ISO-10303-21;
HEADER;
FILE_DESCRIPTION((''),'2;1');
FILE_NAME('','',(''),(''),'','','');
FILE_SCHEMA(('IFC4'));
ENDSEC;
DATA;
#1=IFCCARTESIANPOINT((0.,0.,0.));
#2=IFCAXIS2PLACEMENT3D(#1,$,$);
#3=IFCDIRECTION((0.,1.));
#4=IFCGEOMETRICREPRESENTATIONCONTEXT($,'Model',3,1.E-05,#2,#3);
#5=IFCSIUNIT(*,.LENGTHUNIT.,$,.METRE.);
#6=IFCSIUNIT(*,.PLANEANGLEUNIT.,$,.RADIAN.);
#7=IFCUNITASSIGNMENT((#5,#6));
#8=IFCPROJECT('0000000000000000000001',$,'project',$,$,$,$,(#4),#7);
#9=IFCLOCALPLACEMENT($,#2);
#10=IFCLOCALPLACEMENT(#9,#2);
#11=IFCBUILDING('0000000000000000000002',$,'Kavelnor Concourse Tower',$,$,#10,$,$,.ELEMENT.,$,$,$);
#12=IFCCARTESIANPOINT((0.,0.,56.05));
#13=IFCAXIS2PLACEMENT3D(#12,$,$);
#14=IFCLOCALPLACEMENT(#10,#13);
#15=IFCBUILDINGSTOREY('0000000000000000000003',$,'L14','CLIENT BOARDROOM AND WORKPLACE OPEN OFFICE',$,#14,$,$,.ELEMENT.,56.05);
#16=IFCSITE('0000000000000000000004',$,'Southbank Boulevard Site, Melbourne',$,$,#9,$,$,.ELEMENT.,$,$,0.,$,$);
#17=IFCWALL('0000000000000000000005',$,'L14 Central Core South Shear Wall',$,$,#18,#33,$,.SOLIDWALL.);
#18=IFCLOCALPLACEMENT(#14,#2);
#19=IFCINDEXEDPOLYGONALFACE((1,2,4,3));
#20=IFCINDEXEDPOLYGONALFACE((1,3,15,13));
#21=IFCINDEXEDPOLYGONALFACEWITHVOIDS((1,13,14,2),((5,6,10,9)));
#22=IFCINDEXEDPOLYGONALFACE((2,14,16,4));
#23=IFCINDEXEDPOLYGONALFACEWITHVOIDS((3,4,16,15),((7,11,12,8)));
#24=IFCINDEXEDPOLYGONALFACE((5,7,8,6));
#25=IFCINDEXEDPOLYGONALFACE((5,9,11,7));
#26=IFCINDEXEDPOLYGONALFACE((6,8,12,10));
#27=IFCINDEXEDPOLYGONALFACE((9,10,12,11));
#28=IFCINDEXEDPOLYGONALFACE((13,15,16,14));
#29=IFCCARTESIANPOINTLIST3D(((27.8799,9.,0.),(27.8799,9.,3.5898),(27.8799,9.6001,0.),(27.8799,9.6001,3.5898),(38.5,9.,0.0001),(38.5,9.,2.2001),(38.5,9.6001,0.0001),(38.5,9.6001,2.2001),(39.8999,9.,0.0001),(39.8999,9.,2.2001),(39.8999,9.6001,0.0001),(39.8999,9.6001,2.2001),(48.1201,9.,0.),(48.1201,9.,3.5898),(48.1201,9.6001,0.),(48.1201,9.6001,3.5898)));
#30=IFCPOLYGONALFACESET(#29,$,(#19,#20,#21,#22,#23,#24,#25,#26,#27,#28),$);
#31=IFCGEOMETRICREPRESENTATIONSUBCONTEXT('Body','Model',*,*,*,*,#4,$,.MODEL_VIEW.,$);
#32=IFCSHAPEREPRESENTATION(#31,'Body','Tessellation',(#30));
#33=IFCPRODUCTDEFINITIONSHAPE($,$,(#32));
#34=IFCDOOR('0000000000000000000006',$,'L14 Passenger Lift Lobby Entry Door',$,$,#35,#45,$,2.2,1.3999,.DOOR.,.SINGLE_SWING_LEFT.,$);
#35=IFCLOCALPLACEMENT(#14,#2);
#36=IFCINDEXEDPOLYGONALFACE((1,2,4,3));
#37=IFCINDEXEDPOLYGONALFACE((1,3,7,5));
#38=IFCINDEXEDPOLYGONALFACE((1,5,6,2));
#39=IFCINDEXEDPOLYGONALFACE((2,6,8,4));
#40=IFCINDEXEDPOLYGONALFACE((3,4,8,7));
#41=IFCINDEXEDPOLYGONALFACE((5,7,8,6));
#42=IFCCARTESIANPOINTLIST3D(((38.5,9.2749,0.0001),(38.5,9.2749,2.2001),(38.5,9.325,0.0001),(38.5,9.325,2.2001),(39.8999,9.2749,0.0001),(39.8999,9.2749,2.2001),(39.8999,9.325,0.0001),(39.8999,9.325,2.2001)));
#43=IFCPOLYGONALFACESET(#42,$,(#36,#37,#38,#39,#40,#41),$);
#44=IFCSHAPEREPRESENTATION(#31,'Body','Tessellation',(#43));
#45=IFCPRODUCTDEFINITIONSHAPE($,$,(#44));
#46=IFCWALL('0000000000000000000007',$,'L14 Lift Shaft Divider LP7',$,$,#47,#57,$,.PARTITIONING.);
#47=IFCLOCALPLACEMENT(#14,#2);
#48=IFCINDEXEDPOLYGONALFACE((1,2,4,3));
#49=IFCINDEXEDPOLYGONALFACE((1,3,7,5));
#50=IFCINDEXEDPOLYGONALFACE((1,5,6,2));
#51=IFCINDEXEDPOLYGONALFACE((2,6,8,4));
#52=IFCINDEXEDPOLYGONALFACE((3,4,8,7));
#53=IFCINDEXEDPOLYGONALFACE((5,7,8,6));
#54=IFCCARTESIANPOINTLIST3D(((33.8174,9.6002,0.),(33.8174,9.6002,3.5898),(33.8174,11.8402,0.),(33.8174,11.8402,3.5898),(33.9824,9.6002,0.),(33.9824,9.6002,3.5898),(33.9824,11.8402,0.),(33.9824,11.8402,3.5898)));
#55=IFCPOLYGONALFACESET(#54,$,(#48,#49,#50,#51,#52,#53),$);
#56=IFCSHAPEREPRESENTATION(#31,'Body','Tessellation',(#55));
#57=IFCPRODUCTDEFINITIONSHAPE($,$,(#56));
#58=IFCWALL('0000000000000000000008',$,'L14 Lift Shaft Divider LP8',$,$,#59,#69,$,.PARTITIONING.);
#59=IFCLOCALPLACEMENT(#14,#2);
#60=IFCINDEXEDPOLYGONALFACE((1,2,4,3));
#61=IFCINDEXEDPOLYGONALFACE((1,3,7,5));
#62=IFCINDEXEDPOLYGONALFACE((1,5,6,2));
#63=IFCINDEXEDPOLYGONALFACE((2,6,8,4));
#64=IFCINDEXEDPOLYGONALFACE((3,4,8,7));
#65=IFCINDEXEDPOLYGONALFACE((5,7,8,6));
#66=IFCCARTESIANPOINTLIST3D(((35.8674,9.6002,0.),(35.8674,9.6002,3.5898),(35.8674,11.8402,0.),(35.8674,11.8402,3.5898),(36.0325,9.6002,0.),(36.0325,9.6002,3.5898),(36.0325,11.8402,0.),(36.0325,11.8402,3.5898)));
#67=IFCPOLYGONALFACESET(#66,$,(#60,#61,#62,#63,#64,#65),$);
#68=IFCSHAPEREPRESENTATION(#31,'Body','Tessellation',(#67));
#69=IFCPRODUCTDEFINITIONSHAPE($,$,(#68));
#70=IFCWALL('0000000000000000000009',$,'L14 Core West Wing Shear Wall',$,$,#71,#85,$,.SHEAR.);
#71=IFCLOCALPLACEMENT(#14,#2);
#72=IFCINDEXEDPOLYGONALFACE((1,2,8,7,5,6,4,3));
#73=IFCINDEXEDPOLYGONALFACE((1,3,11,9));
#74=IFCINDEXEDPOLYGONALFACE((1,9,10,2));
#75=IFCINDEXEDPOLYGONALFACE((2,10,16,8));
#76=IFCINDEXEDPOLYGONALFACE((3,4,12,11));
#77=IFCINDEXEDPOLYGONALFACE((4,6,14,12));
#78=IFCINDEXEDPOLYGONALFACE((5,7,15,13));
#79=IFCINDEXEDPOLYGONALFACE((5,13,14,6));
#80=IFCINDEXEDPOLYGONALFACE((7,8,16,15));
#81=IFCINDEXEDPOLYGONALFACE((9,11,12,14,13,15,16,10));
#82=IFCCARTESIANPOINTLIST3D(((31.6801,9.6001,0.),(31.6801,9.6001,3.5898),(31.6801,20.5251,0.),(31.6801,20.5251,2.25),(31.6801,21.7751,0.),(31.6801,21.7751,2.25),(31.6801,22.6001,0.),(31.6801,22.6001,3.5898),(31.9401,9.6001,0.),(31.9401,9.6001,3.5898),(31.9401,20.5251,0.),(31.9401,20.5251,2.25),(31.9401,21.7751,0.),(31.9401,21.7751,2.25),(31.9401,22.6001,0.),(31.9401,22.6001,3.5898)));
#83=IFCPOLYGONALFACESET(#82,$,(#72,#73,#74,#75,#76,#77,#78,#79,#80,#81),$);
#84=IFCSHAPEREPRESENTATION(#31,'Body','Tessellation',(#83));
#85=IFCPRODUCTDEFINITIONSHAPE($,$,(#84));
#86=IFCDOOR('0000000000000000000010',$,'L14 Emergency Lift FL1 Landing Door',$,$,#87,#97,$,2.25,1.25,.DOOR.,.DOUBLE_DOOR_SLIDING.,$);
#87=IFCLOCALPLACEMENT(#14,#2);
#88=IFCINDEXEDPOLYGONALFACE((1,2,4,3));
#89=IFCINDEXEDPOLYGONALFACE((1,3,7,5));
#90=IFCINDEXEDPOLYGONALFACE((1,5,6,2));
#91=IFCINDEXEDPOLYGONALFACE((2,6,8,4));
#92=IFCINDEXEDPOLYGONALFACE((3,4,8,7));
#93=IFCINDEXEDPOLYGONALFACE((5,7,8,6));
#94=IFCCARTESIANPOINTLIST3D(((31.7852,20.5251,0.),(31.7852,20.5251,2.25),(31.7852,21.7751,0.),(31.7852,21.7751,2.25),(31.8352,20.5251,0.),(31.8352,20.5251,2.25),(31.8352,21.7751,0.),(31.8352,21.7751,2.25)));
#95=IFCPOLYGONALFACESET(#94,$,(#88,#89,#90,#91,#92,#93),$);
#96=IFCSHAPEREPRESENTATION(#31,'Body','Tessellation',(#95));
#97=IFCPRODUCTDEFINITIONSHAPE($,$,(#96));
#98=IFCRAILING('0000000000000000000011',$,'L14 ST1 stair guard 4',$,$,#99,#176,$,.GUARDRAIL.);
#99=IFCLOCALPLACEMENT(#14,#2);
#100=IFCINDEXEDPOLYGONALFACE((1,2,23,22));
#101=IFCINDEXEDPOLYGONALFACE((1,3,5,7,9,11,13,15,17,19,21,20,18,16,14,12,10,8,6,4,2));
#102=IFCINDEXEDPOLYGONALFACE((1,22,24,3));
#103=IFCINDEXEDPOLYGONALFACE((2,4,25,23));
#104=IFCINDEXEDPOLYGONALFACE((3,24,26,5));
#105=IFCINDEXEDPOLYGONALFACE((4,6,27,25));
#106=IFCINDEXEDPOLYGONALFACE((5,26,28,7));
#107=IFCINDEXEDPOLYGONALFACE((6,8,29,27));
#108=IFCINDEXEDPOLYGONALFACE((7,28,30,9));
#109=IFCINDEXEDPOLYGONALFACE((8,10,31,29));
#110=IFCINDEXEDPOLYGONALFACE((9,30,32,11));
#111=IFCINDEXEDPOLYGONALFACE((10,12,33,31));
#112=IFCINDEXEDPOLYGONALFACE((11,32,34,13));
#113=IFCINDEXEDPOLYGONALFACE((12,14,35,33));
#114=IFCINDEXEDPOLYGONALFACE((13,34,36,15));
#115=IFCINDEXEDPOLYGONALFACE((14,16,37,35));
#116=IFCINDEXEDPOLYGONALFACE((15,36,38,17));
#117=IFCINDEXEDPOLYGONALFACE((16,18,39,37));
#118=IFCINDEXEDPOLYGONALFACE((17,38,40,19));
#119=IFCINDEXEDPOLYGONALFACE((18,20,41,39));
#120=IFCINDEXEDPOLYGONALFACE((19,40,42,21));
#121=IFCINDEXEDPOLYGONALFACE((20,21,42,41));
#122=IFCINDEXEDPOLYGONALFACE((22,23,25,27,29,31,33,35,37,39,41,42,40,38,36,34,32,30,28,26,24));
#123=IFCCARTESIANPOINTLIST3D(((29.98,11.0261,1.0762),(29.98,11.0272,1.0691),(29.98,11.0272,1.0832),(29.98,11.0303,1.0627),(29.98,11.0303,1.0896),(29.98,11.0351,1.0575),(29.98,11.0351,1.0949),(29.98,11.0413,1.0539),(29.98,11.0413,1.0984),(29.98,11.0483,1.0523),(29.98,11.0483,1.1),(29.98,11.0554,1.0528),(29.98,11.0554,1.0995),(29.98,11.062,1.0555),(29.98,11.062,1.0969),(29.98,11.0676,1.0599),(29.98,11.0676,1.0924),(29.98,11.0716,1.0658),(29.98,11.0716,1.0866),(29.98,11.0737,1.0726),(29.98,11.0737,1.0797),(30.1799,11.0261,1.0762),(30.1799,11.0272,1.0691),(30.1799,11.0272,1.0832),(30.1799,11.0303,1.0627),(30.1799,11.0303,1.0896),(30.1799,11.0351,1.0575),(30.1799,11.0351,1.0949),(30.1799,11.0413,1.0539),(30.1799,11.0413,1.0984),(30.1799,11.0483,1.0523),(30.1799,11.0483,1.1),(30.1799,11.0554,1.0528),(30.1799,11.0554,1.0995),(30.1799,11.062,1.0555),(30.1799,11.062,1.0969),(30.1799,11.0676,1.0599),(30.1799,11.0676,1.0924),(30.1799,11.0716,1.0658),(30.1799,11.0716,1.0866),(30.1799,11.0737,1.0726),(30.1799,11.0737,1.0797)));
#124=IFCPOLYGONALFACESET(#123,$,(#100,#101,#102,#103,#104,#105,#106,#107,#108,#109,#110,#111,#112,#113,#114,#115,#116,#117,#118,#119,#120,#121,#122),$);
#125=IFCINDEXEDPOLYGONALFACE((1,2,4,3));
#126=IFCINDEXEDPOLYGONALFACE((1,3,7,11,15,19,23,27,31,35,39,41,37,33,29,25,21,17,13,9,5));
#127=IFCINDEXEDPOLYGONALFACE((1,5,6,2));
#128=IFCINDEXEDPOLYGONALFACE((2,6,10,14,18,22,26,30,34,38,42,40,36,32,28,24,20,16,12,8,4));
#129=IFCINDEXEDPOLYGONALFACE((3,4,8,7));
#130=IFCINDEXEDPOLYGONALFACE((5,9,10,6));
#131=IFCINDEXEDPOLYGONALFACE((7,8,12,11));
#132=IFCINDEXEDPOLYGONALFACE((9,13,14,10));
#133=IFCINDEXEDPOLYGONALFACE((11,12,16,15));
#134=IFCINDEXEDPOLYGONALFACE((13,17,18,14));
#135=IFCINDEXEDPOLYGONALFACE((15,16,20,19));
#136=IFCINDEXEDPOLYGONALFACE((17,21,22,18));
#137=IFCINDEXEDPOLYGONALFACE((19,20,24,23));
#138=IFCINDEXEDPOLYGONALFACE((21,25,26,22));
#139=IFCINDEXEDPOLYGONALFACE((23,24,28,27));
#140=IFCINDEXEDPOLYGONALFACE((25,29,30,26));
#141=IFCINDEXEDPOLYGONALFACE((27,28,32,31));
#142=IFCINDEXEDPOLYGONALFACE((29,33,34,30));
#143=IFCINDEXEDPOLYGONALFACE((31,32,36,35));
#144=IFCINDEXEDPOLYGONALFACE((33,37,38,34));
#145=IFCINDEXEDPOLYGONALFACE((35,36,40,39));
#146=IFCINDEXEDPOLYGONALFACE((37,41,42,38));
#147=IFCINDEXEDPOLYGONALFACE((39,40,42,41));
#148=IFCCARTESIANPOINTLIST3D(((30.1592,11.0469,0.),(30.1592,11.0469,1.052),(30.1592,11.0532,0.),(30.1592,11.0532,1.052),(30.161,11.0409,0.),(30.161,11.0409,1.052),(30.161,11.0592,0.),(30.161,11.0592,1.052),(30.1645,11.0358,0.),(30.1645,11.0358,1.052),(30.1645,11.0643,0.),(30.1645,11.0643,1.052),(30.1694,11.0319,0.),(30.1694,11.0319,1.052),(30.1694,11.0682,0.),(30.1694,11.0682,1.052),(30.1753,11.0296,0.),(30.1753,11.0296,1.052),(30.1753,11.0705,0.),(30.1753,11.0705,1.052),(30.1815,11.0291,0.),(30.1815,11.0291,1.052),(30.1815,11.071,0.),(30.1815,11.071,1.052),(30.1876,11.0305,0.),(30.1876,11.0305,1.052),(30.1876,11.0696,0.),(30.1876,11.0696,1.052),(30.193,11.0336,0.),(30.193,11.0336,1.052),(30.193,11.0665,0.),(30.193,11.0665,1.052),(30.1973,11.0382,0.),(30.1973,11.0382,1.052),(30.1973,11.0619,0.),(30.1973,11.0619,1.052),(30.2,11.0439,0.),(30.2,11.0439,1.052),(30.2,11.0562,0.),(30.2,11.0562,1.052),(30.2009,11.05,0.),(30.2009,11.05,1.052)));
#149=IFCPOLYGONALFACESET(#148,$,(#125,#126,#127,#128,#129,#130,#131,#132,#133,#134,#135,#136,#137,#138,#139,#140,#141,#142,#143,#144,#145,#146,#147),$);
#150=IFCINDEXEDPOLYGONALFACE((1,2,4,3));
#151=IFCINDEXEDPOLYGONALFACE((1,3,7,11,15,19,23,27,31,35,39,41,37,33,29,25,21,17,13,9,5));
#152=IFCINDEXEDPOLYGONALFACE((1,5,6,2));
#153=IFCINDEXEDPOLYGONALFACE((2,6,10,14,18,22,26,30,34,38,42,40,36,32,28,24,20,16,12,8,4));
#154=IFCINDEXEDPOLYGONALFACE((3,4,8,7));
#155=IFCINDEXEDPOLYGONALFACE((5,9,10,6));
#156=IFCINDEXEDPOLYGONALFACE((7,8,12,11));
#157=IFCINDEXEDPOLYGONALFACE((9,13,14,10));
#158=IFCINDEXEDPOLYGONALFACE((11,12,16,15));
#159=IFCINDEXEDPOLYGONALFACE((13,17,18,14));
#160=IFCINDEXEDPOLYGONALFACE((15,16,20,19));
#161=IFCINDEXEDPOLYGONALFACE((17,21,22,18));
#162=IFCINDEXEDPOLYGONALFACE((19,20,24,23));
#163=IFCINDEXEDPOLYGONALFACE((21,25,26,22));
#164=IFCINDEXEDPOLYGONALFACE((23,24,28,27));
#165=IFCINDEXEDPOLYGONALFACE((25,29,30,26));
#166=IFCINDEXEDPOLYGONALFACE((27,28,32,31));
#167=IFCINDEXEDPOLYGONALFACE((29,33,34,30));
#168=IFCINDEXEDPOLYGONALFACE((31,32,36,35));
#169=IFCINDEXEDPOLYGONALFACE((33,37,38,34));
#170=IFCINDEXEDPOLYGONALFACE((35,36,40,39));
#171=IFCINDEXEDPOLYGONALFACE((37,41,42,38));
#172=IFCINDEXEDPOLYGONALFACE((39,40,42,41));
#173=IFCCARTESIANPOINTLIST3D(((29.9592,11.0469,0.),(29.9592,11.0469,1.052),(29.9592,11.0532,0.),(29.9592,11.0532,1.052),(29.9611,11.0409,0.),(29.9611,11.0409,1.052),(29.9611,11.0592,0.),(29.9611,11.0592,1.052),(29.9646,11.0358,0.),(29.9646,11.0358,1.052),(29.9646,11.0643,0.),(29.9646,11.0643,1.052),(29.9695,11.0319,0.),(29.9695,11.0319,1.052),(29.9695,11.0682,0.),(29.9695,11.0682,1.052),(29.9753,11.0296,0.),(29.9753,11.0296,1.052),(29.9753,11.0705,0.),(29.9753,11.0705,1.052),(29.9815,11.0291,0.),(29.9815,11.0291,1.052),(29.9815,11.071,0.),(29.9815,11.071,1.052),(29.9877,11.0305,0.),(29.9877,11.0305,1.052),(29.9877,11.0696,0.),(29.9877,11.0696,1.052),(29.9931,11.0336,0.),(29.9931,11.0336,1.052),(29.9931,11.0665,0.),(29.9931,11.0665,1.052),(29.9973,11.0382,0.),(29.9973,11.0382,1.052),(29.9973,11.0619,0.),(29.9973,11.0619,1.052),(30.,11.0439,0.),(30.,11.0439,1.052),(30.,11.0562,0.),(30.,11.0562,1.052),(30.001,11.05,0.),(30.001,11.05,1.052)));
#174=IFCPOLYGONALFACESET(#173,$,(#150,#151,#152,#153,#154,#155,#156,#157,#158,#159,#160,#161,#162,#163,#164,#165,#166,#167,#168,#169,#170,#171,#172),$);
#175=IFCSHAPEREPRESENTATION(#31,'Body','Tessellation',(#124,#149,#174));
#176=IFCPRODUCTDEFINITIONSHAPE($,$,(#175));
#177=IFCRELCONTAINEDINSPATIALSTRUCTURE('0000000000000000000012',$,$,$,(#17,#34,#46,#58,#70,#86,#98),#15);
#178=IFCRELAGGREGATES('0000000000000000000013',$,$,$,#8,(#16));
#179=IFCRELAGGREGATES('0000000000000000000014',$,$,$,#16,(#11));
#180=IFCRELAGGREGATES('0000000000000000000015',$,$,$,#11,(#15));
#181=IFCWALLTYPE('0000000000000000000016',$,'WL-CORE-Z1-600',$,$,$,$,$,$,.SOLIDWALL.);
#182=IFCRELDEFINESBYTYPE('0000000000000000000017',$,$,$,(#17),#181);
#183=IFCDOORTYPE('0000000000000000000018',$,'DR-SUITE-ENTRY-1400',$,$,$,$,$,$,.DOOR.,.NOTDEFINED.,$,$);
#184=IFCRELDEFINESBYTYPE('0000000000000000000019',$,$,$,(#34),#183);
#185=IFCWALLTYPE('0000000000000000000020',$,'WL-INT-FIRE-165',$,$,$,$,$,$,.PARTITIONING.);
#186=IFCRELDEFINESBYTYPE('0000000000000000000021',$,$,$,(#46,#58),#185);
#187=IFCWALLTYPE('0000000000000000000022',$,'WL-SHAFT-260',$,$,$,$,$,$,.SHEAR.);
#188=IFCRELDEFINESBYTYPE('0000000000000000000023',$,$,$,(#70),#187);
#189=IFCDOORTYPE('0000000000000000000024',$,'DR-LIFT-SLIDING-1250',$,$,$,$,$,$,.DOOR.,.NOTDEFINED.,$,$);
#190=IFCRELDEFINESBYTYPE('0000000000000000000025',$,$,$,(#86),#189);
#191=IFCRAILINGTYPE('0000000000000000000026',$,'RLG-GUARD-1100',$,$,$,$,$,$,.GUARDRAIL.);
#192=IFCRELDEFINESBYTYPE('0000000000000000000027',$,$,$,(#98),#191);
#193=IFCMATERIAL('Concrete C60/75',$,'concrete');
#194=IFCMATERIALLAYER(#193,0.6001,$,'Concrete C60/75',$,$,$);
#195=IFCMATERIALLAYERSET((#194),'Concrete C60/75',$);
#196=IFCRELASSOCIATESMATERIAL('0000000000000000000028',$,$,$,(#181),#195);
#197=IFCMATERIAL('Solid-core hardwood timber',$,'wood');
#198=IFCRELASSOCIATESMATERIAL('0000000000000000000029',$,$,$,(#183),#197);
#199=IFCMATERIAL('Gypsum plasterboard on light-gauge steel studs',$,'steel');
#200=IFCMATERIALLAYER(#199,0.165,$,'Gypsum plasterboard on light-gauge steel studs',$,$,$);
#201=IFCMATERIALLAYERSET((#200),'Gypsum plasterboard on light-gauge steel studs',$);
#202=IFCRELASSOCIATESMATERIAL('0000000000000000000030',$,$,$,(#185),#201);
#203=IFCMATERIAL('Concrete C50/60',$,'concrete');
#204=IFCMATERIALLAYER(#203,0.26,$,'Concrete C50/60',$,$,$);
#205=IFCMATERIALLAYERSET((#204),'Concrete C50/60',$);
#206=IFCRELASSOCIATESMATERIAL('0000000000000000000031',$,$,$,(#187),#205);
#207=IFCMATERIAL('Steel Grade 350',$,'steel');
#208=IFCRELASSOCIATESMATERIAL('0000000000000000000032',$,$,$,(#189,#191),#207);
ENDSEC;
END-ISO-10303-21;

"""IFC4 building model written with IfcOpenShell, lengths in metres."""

from ifc_helpers import new_model, si_unit, direction, frame, frame_2d, origin, origin_2d, place, context, subcontext, project, spatial, rectangle, circle, extrude, material, layer, layer_set, type_object, element, fill, save


model = new_model("IFC4")

# Units and contexts
model_context = context("Model", 3, precision=1e-05, world=origin(), true_north=direction((0.0, 1.0)))
body_context = subcontext(model_context, "Body", "Model", "MODEL_VIEW")
ifc_project = project(units=[si_unit("LENGTHUNIT", "METRE"), si_unit("PLANEANGLEUNIT", "RADIAN")], contexts=[model_context])

# Site, building, storey
site_placement = place(None, origin())
site = spatial("IfcSite", under=ifc_project, at=site_placement, Name="Southbank Boulevard Site, Melbourne", CompositionType="ELEMENT", RefElevation=0.0)
building_placement = place(site_placement, origin())
building = spatial("IfcBuilding", under=site, at=building_placement, Name="Kavelnor Concourse Tower", CompositionType="ELEMENT")
storey_placement = place(building_placement, frame((0.0, 0.0, 56.05)))
storey = spatial("IfcBuildingStorey", under=building, at=storey_placement, Name="L14", Description="CLIENT BOARDROOM AND WORKPLACE OPEN OFFICE", CompositionType="ELEMENT", Elevation=56.05)

# Shared definitions
ifc_material_1 = material(Name="Steel Grade 350", Category="steel")

# Wall, opening, door
ifc_material_2 = material(Name="Concrete C60/75", Category="concrete")
ifc_layer_1 = layer(ifc_material_2, 0.6001, Name="Concrete C60/75")
ifc_layer_set_1 = layer_set([ifc_layer_1], Name="Concrete C60/75")
wall_type_1 = type_object("IfcWallType", Name="WL-CORE-Z1-600", PredefinedType="SOLIDWALL", material=ifc_layer_set_1)
wall_1_placement = place(storey_placement, frame((27.8799, 9.3, 0.0), z_axis=(0.0, 0.0, 1.0), x_axis=(1.0, 0.0, 0.0)))
wall_1 = element("IfcWall", 1, at=wall_1_placement, inside=storey, type_object=wall_type_1, Name="L14 Central Core South Shear Wall", PredefinedType="SOLIDWALL", context=body_context, shape_type="SweptSolid", body=[
    extrude(rectangle(XDim=20.2402, YDim=0.6001, at=frame_2d((10.1201, 0.0))), origin(), (0.0, 0.0, 1.0), 3.5898),
])
opening_1_placement = place(wall_1_placement, frame((10.6201, 0.0, 0.0)))
opening_1 = element("IfcOpeningElement", 2, at=opening_1_placement, cuts=wall_1, PredefinedType="OPENING", context=body_context, shape_type="SweptSolid", body=[
    extrude(rectangle(XDim=1.3999, YDim=2.2, at=frame_2d((0.7, 1.1001))), frame((0.0, 0.3101, 0.0), z_axis=(0.0, -1.0, 0.0), x_axis=(1.0, 0.0, 0.0)), (0.0, 0.0, 1.0), 0.6201),
])
ifc_material_3 = material(Name="Solid-core hardwood timber", Category="wood")
door_type_1 = type_object("IfcDoorType", Name="DR-SUITE-ENTRY-1400", OperationType="NOTDEFINED", PredefinedType="DOOR", material=ifc_material_3)
door_1_placement = place(opening_1_placement, origin())
door_1 = element("IfcDoor", 3, at=door_1_placement, inside=storey, type_object=door_type_1, Name="L14 Passenger Lift Lobby Entry Door", OperationType="SINGLE_SWING_LEFT", OverallHeight=2.2, OverallWidth=1.3999, PredefinedType="DOOR", context=body_context, shape_type="SweptSolid", body=[
    extrude(rectangle(XDim=1.3999, YDim=2.2, at=frame_2d((0.7, 1.1001))), frame((0.0, 0.0249, 0.0), z_axis=(0.0, -1.0, 0.0), x_axis=(1.0, 0.0, 0.0)), (0.0, 0.0, 1.0), 0.05),
])
fill(opening_1, door_1)

# Walls
ifc_material_4 = material(Name="Gypsum plasterboard on light-gauge steel studs", Category="steel")
ifc_layer_2 = layer(ifc_material_4, 0.165, Name="Gypsum plasterboard on light-gauge steel studs")
ifc_layer_set_2 = layer_set([ifc_layer_2], Name="Gypsum plasterboard on light-gauge steel studs")
wall_type_2 = type_object("IfcWallType", Name="WL-INT-FIRE-165", PredefinedType="PARTITIONING", material=ifc_layer_set_2)
for number, where, z_axis, x_axis, name in (
    (4, (33.8999, 9.6001, 0.0), (0.0, 0.0, 1.0), (0.0, 1.0, 0.0), "L14 Lift Shaft Divider LP7"),
    (5, (35.95, 9.6001, 0.0), (0.0, 0.0, 1.0), (0.0, 1.0, 0.0), "L14 Lift Shaft Divider LP8"),
):
    element("IfcWall", number, at=place(storey_placement, frame(where, z_axis=z_axis, x_axis=x_axis)), inside=storey, type_object=wall_type_2, Name=name, PredefinedType="PARTITIONING", context=body_context, shape_type="SweptSolid", body=[
        extrude(rectangle(XDim=2.24, YDim=0.165, at=frame_2d((1.1201, 0.0))), origin(), (0.0, 0.0, 1.0), 3.5898),
    ])

# Wall, opening, door
ifc_material_5 = material(Name="Concrete C50/60", Category="concrete")
ifc_layer_3 = layer(ifc_material_5, 0.26, Name="Concrete C50/60")
ifc_layer_set_3 = layer_set([ifc_layer_3], Name="Concrete C50/60")
wall_type_3 = type_object("IfcWallType", Name="WL-SHAFT-260", PredefinedType="SHEAR", material=ifc_layer_set_3)
wall_2_placement = place(storey_placement, frame((31.8101, 9.6001, 0.0), z_axis=(0.0, 0.0, 1.0), x_axis=(0.0, 1.0, 0.0)))
wall_2 = element("IfcWall", 6, at=wall_2_placement, inside=storey, type_object=wall_type_3, Name="L14 Core West Wing Shear Wall", PredefinedType="SHEAR", context=body_context, shape_type="SweptSolid", body=[
    extrude(rectangle(XDim=13.0, YDim=0.26, at=frame_2d((6.5, 0.0))), origin(), (0.0, 0.0, 1.0), 3.5898),
])
opening_2_placement = place(wall_2_placement, frame((10.925, 0.0, 0.0)))
opening_2 = element("IfcOpeningElement", 7, at=opening_2_placement, cuts=wall_2, PredefinedType="OPENING", context=body_context, shape_type="SweptSolid", body=[
    extrude(rectangle(XDim=1.25, YDim=2.25, at=frame_2d((0.625, 1.125))), frame((0.0, 0.1401, 0.0), z_axis=(0.0, -1.0, 0.0), x_axis=(1.0, 0.0, 0.0)), (0.0, 0.0, 1.0), 0.28),
])
door_type_2 = type_object("IfcDoorType", Name="DR-LIFT-SLIDING-1250", OperationType="NOTDEFINED", PredefinedType="DOOR", material=ifc_material_1)
door_2_placement = place(opening_2_placement, origin())
door_2 = element("IfcDoor", 8, at=door_2_placement, inside=storey, type_object=door_type_2, Name="L14 Emergency Lift FL1 Landing Door", OperationType="DOUBLE_DOOR_SLIDING", OverallHeight=2.25, OverallWidth=1.25, PredefinedType="DOOR", context=body_context, shape_type="SweptSolid", body=[
    extrude(rectangle(XDim=1.25, YDim=2.25, at=frame_2d((0.625, 1.125))), frame((0.0, 0.0249, 0.0), z_axis=(0.0, -1.0, 0.0), x_axis=(1.0, 0.0, 0.0)), (0.0, 0.0, 1.0), 0.05),
])
fill(opening_2, door_2)

# Railing
railing_type = type_object("IfcRailingType", Name="RLG-GUARD-1100", PredefinedType="GUARDRAIL", material=ifc_material_1)
railing_placement = place(storey_placement, frame((30.1799, 11.05, 0.0)))
element("IfcRailing", 9, at=railing_placement, inside=storey, type_object=railing_type, Name="L14 ST1 stair guard 4", PredefinedType="GUARDRAIL", context=body_context, shape_type="SweptSolid", body=[
    extrude(circle(Radius=0.0239, at=origin_2d()), frame((0.0, 0.0, 1.0762), z_axis=(-1.0, 0.0, 0.0), x_axis=(0.0, -1.0, 0.0)), (0.0, 0.0, 1.0), 0.2),
    extrude(circle(Radius=0.021, at=origin_2d()), origin(), (0.0, 0.0, 1.0), 1.052),
    extrude(circle(Radius=0.021, at=origin_2d()), frame((-0.2, 0.0, 0.0)), (0.0, 0.0, 1.0), 1.052),
])

save(model, "model.ifc")
